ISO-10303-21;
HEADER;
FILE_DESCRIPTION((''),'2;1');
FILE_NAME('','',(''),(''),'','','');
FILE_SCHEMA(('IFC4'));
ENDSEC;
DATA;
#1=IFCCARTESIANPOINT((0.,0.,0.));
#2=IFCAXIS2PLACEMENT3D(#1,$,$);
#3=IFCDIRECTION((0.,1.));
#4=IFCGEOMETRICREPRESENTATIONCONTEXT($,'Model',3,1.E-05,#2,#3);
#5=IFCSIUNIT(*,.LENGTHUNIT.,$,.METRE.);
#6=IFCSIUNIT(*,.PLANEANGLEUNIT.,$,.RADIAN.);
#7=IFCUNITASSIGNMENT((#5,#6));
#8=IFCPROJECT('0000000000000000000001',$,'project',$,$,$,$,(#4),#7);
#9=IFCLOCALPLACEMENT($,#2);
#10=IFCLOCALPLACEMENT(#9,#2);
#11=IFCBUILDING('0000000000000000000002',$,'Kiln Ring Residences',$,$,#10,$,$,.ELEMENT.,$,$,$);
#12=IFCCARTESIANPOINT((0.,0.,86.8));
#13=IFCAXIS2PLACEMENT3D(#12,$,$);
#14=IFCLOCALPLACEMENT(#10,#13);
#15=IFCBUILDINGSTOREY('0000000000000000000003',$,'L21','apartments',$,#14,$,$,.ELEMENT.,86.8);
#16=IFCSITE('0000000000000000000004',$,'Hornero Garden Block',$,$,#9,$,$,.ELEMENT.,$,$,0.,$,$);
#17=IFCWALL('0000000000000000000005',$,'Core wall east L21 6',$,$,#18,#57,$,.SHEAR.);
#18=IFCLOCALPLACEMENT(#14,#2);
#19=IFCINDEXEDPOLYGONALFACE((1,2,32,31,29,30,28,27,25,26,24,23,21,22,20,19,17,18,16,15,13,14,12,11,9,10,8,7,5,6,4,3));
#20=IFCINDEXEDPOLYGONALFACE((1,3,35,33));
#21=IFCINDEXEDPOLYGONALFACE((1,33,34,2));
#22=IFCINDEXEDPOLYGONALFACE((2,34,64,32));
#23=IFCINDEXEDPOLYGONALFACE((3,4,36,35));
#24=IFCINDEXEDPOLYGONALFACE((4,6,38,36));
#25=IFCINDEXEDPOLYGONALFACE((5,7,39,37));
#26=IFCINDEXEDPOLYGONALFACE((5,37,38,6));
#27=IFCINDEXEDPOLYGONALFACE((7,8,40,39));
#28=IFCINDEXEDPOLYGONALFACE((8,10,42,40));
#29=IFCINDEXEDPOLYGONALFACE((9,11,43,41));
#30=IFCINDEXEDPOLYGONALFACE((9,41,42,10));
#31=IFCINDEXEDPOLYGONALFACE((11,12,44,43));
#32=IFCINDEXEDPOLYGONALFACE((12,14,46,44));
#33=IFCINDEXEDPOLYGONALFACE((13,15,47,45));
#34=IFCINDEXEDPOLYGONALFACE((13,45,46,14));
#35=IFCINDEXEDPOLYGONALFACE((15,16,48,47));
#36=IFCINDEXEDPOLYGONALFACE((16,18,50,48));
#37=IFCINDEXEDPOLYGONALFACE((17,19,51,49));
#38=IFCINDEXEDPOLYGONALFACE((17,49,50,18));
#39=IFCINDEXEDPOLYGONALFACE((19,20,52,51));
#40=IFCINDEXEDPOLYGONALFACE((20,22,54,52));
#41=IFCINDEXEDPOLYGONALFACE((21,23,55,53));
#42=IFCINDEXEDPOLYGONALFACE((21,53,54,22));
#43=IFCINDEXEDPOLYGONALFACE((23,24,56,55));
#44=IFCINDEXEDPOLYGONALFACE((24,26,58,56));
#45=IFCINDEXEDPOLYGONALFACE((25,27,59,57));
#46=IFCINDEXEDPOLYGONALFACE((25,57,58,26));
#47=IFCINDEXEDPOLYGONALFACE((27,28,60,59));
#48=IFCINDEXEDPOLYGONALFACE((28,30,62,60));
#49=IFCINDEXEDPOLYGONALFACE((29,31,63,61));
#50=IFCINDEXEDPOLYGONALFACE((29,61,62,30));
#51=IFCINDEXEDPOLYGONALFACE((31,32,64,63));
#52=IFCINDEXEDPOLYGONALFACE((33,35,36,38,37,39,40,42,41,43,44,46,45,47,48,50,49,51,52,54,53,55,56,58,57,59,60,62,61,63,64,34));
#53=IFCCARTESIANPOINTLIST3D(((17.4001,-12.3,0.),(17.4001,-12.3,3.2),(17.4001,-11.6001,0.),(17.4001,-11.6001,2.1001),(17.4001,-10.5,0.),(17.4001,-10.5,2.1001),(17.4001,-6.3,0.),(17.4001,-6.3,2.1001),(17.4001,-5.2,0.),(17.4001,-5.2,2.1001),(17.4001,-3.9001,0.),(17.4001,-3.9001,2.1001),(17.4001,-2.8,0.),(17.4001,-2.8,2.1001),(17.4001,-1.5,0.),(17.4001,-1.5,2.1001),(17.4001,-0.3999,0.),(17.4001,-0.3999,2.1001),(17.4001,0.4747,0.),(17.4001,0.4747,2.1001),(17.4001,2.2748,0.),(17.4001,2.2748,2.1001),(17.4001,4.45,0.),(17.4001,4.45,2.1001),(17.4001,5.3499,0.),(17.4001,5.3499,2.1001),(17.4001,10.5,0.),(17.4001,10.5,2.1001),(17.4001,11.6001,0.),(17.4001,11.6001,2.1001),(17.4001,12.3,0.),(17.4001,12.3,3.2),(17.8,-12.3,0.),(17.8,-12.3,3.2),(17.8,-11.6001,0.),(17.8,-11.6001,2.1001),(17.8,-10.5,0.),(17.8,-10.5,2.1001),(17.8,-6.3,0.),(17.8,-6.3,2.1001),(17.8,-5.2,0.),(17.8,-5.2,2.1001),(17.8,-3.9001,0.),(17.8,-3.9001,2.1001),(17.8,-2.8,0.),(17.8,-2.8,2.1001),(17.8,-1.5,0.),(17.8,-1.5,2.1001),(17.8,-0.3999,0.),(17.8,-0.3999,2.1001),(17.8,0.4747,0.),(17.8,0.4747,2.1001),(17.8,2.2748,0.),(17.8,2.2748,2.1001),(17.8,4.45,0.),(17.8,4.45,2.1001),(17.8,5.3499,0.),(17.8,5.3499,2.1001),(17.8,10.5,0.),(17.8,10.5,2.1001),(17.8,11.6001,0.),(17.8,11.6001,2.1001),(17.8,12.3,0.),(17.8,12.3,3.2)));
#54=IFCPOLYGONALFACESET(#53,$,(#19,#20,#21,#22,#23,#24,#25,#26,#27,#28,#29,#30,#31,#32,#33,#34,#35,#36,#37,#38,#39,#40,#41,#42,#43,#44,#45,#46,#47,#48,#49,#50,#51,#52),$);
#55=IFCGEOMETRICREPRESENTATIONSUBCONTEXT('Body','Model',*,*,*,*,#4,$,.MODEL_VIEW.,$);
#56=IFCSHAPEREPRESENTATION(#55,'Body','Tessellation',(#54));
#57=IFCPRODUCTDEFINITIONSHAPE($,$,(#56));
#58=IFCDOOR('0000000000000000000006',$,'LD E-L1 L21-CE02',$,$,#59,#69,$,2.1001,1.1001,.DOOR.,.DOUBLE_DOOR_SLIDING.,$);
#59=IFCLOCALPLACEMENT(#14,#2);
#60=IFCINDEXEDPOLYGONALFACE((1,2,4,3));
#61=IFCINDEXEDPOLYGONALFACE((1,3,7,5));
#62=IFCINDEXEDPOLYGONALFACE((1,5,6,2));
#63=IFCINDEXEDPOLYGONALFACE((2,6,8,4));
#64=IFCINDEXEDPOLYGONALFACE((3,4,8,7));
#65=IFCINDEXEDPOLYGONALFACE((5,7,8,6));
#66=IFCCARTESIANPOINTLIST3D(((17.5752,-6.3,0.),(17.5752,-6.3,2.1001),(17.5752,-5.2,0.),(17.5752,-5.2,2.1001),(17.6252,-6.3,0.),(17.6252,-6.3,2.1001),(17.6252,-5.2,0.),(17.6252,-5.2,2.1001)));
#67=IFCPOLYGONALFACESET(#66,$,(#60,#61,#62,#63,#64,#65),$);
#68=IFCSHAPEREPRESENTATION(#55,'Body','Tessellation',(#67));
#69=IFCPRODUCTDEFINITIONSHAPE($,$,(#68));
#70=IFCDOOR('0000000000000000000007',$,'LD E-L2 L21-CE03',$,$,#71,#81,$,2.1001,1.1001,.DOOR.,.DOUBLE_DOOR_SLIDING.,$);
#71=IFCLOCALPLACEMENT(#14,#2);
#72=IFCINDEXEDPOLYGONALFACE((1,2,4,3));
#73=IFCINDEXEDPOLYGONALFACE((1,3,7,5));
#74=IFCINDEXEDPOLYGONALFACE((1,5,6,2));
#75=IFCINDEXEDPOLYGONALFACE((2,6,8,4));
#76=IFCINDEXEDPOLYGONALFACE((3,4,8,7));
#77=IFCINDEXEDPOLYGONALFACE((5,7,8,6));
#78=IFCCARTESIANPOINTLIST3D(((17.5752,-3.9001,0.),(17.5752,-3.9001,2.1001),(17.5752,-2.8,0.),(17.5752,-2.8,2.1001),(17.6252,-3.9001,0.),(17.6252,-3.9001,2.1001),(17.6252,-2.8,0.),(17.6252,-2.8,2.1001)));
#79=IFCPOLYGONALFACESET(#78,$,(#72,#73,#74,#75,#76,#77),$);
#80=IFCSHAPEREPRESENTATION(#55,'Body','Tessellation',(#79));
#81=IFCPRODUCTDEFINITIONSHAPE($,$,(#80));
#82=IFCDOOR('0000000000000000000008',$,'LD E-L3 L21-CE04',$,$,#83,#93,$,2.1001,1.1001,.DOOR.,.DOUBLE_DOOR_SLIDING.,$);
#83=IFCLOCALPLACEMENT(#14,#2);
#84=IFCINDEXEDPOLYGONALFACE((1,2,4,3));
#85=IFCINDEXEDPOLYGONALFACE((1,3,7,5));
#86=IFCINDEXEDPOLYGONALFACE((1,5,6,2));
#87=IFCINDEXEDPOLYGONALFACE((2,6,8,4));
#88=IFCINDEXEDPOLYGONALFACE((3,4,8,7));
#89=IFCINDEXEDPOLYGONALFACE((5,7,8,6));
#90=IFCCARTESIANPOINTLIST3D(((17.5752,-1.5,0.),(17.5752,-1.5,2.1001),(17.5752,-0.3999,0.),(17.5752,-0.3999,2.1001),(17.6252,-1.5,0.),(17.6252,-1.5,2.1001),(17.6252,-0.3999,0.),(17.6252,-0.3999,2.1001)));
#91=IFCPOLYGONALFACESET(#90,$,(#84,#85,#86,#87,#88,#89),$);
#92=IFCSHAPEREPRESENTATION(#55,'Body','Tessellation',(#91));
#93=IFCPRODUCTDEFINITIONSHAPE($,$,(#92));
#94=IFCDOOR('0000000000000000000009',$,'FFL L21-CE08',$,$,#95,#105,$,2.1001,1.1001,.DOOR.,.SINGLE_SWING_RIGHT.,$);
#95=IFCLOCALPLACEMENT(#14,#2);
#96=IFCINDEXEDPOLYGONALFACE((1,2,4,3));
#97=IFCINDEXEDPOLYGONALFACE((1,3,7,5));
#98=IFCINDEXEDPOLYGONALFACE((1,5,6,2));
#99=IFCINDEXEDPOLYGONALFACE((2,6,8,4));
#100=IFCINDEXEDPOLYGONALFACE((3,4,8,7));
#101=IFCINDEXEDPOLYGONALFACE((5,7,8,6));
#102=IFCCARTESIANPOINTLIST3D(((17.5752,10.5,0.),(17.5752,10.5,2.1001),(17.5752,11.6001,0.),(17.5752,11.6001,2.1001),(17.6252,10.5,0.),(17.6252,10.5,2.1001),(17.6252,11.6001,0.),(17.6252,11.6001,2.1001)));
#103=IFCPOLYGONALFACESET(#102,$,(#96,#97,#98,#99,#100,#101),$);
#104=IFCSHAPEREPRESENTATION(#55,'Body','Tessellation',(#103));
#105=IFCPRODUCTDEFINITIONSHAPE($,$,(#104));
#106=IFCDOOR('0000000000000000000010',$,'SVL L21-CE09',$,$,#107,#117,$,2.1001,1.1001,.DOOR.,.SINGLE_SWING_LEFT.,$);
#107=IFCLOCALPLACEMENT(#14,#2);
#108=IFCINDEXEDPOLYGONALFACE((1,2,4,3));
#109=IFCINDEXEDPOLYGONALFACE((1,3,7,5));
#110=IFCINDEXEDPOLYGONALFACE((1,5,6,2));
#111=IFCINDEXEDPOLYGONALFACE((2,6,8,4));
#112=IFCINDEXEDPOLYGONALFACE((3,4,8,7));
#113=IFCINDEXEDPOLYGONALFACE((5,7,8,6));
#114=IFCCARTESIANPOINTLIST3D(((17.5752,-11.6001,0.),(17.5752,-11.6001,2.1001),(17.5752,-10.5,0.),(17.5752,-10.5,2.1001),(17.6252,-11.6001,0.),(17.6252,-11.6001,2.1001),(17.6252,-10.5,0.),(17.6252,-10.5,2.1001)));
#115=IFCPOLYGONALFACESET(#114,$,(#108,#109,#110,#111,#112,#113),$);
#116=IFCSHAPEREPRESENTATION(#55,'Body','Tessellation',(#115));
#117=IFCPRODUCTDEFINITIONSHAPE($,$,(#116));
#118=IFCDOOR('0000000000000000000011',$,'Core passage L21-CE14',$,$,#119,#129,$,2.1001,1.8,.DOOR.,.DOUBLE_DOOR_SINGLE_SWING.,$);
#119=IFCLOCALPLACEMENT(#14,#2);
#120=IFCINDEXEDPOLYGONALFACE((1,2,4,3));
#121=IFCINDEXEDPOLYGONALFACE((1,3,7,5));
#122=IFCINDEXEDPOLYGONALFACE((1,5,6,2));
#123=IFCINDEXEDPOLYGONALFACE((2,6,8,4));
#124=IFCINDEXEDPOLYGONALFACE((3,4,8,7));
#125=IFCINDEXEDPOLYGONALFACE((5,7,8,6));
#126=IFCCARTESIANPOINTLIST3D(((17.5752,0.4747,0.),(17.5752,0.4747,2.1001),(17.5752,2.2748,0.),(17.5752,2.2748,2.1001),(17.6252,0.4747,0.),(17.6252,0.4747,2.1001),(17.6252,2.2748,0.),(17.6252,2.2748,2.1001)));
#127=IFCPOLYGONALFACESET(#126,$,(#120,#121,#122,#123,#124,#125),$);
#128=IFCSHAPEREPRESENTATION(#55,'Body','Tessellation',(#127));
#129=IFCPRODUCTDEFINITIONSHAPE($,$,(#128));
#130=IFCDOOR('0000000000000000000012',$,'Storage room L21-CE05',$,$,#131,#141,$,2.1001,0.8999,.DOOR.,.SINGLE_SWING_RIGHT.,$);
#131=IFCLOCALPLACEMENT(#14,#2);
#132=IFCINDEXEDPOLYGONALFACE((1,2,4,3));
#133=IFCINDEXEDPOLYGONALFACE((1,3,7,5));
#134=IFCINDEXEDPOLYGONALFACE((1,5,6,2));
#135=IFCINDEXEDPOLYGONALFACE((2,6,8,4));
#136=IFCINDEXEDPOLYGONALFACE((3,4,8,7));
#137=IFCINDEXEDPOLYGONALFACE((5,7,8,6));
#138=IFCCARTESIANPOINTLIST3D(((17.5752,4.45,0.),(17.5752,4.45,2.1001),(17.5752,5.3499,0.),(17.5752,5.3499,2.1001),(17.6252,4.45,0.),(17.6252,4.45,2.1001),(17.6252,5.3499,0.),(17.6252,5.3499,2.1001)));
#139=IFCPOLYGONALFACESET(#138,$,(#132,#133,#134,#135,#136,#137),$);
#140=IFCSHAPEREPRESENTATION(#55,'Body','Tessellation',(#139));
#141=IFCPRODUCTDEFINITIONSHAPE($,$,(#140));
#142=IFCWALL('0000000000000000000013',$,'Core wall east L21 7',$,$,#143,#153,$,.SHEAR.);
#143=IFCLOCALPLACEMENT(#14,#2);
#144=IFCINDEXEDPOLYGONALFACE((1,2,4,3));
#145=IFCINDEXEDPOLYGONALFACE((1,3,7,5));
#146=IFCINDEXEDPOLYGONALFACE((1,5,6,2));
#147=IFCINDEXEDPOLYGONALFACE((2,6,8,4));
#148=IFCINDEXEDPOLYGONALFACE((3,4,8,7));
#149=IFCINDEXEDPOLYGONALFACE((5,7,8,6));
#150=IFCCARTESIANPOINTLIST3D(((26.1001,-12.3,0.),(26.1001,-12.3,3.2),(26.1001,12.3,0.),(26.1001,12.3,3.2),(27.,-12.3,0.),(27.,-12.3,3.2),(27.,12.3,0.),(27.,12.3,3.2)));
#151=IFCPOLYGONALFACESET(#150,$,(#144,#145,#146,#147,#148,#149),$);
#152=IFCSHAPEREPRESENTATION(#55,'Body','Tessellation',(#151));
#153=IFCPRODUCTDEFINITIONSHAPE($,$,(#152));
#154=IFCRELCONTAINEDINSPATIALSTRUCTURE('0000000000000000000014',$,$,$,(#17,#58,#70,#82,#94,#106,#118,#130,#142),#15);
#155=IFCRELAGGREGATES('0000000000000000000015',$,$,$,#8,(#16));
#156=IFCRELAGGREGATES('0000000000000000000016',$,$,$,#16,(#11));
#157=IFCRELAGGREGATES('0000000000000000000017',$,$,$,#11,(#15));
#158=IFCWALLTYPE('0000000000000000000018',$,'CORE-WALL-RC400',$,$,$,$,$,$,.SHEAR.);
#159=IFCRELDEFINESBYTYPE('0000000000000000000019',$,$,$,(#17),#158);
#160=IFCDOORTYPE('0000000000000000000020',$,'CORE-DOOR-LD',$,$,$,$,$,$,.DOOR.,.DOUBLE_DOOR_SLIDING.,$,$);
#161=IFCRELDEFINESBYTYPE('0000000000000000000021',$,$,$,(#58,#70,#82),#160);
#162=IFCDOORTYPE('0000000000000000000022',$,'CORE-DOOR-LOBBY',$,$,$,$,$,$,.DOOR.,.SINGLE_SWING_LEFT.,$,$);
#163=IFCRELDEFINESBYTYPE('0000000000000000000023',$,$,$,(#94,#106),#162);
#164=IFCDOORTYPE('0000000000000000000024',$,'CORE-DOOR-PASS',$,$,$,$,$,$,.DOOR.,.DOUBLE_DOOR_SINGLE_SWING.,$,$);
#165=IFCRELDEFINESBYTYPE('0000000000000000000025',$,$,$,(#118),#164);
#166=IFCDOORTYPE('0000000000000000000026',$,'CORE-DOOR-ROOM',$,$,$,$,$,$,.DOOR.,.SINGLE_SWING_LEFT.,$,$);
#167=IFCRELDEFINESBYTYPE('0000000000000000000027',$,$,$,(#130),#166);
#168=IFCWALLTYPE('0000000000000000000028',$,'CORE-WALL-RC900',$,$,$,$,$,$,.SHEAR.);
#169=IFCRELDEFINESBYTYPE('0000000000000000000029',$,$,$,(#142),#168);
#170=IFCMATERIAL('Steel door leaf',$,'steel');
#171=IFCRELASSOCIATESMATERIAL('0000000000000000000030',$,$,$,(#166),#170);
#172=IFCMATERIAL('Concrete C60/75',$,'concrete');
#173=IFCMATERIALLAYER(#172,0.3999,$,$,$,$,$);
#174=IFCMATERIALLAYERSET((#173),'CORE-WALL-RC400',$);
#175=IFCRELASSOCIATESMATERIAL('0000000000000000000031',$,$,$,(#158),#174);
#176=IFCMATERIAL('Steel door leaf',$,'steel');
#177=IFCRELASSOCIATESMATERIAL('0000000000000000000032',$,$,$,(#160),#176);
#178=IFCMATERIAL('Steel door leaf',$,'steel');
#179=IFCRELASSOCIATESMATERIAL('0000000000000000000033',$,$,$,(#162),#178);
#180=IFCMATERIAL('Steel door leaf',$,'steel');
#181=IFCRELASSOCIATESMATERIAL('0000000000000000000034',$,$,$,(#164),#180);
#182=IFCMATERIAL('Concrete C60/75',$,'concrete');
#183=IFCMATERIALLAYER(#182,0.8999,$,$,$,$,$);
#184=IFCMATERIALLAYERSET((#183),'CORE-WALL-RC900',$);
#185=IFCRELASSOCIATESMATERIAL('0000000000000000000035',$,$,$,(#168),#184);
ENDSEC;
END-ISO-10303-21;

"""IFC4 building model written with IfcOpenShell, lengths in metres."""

from ifc_helpers import new_model, si_unit, direction, frame, frame_2d, origin, place, context, subcontext, project, spatial, rectangle, extrude, material, layer, layer_set, type_object, element, fill, save


model = new_model("IFC4")

# Units and contexts
model_context = context("Model", 3, precision=1e-05, world=origin(), true_north=direction((0.0, 1.0)))
body_context = subcontext(model_context, "Body", "Model", "MODEL_VIEW")
ifc_project = project(units=[si_unit("LENGTHUNIT", "METRE"), si_unit("PLANEANGLEUNIT", "RADIAN")], contexts=[model_context])

# Site, building, storey
site_placement = place(None, origin())
site = spatial("IfcSite", under=ifc_project, at=site_placement, Name="Hornero Garden Block", CompositionType="ELEMENT", RefElevation=0.0)
building_placement = place(site_placement, origin())
building = spatial("IfcBuilding", under=site, at=building_placement, Name="Kiln Ring Residences", CompositionType="ELEMENT")
storey_placement = place(building_placement, frame((0.0, 0.0, 86.8)))
storey = spatial("IfcBuildingStorey", under=building, at=storey_placement, Name="L21", Description="apartments", CompositionType="ELEMENT", Elevation=86.8)

# Shared definitions
ifc_material_1 = material(Name="Steel door leaf", Category="steel")
door_type_1 = type_object("IfcDoorType", Name="CORE-DOOR-ROOM", OperationType="SINGLE_SWING_LEFT", PredefinedType="DOOR", material=ifc_material_1)

# Wall, openings, doors
ifc_material_2 = material(Name="Concrete C60/75", Category="concrete")
ifc_layer_1 = layer(ifc_material_2, 0.3999)
ifc_layer_set_1 = layer_set([ifc_layer_1], Name="CORE-WALL-RC400")
wall_type_1 = type_object("IfcWallType", Name="CORE-WALL-RC400", PredefinedType="SHEAR", material=ifc_layer_set_1)
wall_1_placement = place(storey_placement, frame((17.6001, -12.3, 0.0), z_axis=(0.0, 0.0, 1.0), x_axis=(0.0, 1.0, 0.0)))
wall_1 = element("IfcWall", 1, at=wall_1_placement, inside=storey, type_object=wall_type_1, Name="Core wall east L21 6", PredefinedType="SHEAR", context=body_context, shape_type="SweptSolid", body=[
    extrude(rectangle(XDim=24.6001, YDim=0.3999, at=frame_2d((12.3, 0.0))), origin(), (0.0, 0.0, 1.0), 3.2),
])
opening_1_placement = place(wall_1_placement, frame((6.0, 0.0, 0.0)))
opening_1 = element("IfcOpeningElement", 2, at=opening_1_placement, cuts=wall_1, PredefinedType="OPENING", context=body_context, shape_type="SweptSolid", body=[
    extrude(rectangle(XDim=1.1001, YDim=2.1001, at=frame_2d((0.55, 1.05))), frame((0.0, 0.21, 0.0), z_axis=(0.0, -1.0, 0.0), x_axis=(1.0, 0.0, 0.0)), (0.0, 0.0, 1.0), 0.4199),
])
opening_2_placement = place(wall_1_placement, frame((8.3999, 0.0, 0.0)))
opening_2 = element("IfcOpeningElement", 3, at=opening_2_placement, cuts=wall_1, PredefinedType="OPENING", context=body_context, shape_type="SweptSolid", body=[
    extrude(rectangle(XDim=1.1001, YDim=2.1001, at=frame_2d((0.55, 1.05))), frame((0.0, 0.21, 0.0), z_axis=(0.0, -1.0, 0.0), x_axis=(1.0, 0.0, 0.0)), (0.0, 0.0, 1.0), 0.4199),
])
opening_3_placement = place(wall_1_placement, frame((10.8, 0.0, 0.0)))
opening_3 = element("IfcOpeningElement", 4, at=opening_3_placement, cuts=wall_1, PredefinedType="OPENING", context=body_context, shape_type="SweptSolid", body=[
    extrude(rectangle(XDim=1.1001, YDim=2.1001, at=frame_2d((0.55, 1.05))), frame((0.0, 0.21, 0.0), z_axis=(0.0, -1.0, 0.0), x_axis=(1.0, 0.0, 0.0)), (0.0, 0.0, 1.0), 0.4199),
])
opening_4_placement = place(wall_1_placement, frame((16.75, 0.0, 0.0)))
opening_4 = element("IfcOpeningElement", 5, at=opening_4_placement, cuts=wall_1, PredefinedType="OPENING", context=body_context, shape_type="SweptSolid", body=[
    extrude(rectangle(XDim=0.8999, YDim=2.1001, at=frame_2d((0.45, 1.05))), frame((0.0, 0.21, 0.0), z_axis=(0.0, -1.0, 0.0), x_axis=(1.0, 0.0, 0.0)), (0.0, 0.0, 1.0), 0.4199),
])
opening_5_placement = place(wall_1_placement, frame((22.8, 0.0, 0.0)))
opening_5 = element("IfcOpeningElement", 6, at=opening_5_placement, cuts=wall_1, PredefinedType="OPENING", context=body_context, shape_type="SweptSolid", body=[
    extrude(rectangle(XDim=1.1001, YDim=2.1001, at=frame_2d((0.55, 1.05))), frame((0.0, 0.21, 0.0), z_axis=(0.0, -1.0, 0.0), x_axis=(1.0, 0.0, 0.0)), (0.0, 0.0, 1.0), 0.4199),
])
opening_6_placement = place(wall_1_placement, frame((0.7, 0.0, 0.0)))
opening_6 = element("IfcOpeningElement", 7, at=opening_6_placement, cuts=wall_1, PredefinedType="OPENING", context=body_context, shape_type="SweptSolid", body=[
    extrude(rectangle(XDim=1.1001, YDim=2.1001, at=frame_2d((0.55, 1.05))), frame((0.0, 0.21, 0.0), z_axis=(0.0, -1.0, 0.0), x_axis=(1.0, 0.0, 0.0)), (0.0, 0.0, 1.0), 0.4199),
])
opening_7_placement = place(wall_1_placement, frame((12.7749, 0.0, 0.0)))
opening_7 = element("IfcOpeningElement", 8, at=opening_7_placement, cuts=wall_1, PredefinedType="OPENING", context=body_context, shape_type="SweptSolid", body=[
    extrude(rectangle(XDim=1.8, YDim=2.1001, at=frame_2d((0.8999, 1.05))), frame((0.0, 0.21, 0.0), z_axis=(0.0, -1.0, 0.0), x_axis=(1.0, 0.0, 0.0)), (0.0, 0.0, 1.0), 0.4199),
])
ifc_material_3 = material(Name="Steel door leaf", Category="steel")
door_type_2 = type_object("IfcDoorType", Name="CORE-DOOR-LD", OperationType="DOUBLE_DOOR_SLIDING", PredefinedType="DOOR", material=ifc_material_3)
door_1_placement = place(opening_1_placement, origin())
door_1 = element("IfcDoor", 9, at=door_1_placement, inside=storey, type_object=door_type_2, Name="LD E-L1 L21-CE02", OperationType="DOUBLE_DOOR_SLIDING", OverallHeight=2.1001, OverallWidth=1.1001, PredefinedType="DOOR", context=body_context, shape_type="SweptSolid", body=[
    extrude(rectangle(XDim=1.1001, YDim=2.1001, at=frame_2d((0.55, 1.05))), frame((0.0, 0.0249, 0.0), z_axis=(0.0, -1.0, 0.0), x_axis=(1.0, 0.0, 0.0)), (0.0, 0.0, 1.0), 0.05),
])
fill(opening_1, door_1)
door_2_placement = place(opening_2_placement, origin())
door_2 = element("IfcDoor", 10, at=door_2_placement, inside=storey, type_object=door_type_2, Name="LD E-L2 L21-CE03", OperationType="DOUBLE_DOOR_SLIDING", OverallHeight=2.1001, OverallWidth=1.1001, PredefinedType="DOOR", context=body_context, shape_type="SweptSolid", body=[
    extrude(rectangle(XDim=1.1001, YDim=2.1001, at=frame_2d((0.55, 1.05))), frame((0.0, 0.0249, 0.0), z_axis=(0.0, -1.0, 0.0), x_axis=(1.0, 0.0, 0.0)), (0.0, 0.0, 1.0), 0.05),
])
fill(opening_2, door_2)
door_3_placement = place(opening_3_placement, origin())
door_3 = element("IfcDoor", 11, at=door_3_placement, inside=storey, type_object=door_type_2, Name="LD E-L3 L21-CE04", OperationType="DOUBLE_DOOR_SLIDING", OverallHeight=2.1001, OverallWidth=1.1001, PredefinedType="DOOR", context=body_context, shape_type="SweptSolid", body=[
    extrude(rectangle(XDim=1.1001, YDim=2.1001, at=frame_2d((0.55, 1.05))), frame((0.0, 0.0249, 0.0), z_axis=(0.0, -1.0, 0.0), x_axis=(1.0, 0.0, 0.0)), (0.0, 0.0, 1.0), 0.05),
])
fill(opening_3, door_3)
ifc_material_4 = material(Name="Steel door leaf", Category="steel")
door_type_3 = type_object("IfcDoorType", Name="CORE-DOOR-LOBBY", OperationType="SINGLE_SWING_LEFT", PredefinedType="DOOR", material=ifc_material_4)
door_4_placement = place(opening_5_placement, origin())
door_4 = element("IfcDoor", 12, at=door_4_placement, inside=storey, type_object=door_type_3, Name="FFL L21-CE08", OperationType="SINGLE_SWING_RIGHT", OverallHeight=2.1001, OverallWidth=1.1001, PredefinedType="DOOR", context=body_context, shape_type="SweptSolid", body=[
    extrude(rectangle(XDim=1.1001, YDim=2.1001, at=frame_2d((0.55, 1.05))), frame((0.0, 0.0249, 0.0), z_axis=(0.0, -1.0, 0.0), x_axis=(1.0, 0.0, 0.0)), (0.0, 0.0, 1.0), 0.05),
])
fill(opening_5, door_4)
door_5_placement = place(opening_6_placement, origin())
door_5 = element("IfcDoor", 13, at=door_5_placement, inside=storey, type_object=door_type_3, Name="SVL L21-CE09", OperationType="SINGLE_SWING_LEFT", OverallHeight=2.1001, OverallWidth=1.1001, PredefinedType="DOOR", context=body_context, shape_type="SweptSolid", body=[
    extrude(rectangle(XDim=1.1001, YDim=2.1001, at=frame_2d((0.55, 1.05))), frame((0.0, 0.0249, 0.0), z_axis=(0.0, -1.0, 0.0), x_axis=(1.0, 0.0, 0.0)), (0.0, 0.0, 1.0), 0.05),
])
fill(opening_6, door_5)
ifc_material_5 = material(Name="Steel door leaf", Category="steel")
door_type_4 = type_object("IfcDoorType", Name="CORE-DOOR-PASS", OperationType="DOUBLE_DOOR_SINGLE_SWING", PredefinedType="DOOR", material=ifc_material_5)
door_6_placement = place(opening_7_placement, origin())
door_6 = element("IfcDoor", 14, at=door_6_placement, inside=storey, type_object=door_type_4, Name="Core passage L21-CE14", OperationType="DOUBLE_DOOR_SINGLE_SWING", OverallHeight=2.1001, OverallWidth=1.8, PredefinedType="DOOR", context=body_context, shape_type="SweptSolid", body=[
    extrude(rectangle(XDim=1.8, YDim=2.1001, at=frame_2d((0.8999, 1.05))), frame((0.0, 0.0249, 0.0), z_axis=(0.0, -1.0, 0.0), x_axis=(1.0, 0.0, 0.0)), (0.0, 0.0, 1.0), 0.05),
])
fill(opening_7, door_6)
door_7_placement = place(opening_4_placement, origin())
door_7 = element("IfcDoor", 15, at=door_7_placement, inside=storey, type_object=door_type_1, Name="Storage room L21-CE05", OperationType="SINGLE_SWING_RIGHT", OverallHeight=2.1001, OverallWidth=0.8999, PredefinedType="DOOR", context=body_context, shape_type="SweptSolid", body=[
    extrude(rectangle(XDim=0.8999, YDim=2.1001, at=frame_2d((0.45, 1.05))), frame((0.0, 0.0249, 0.0), z_axis=(0.0, -1.0, 0.0), x_axis=(1.0, 0.0, 0.0)), (0.0, 0.0, 1.0), 0.05),
])
fill(opening_4, door_7)

# Wall
ifc_material_6 = material(Name="Concrete C60/75", Category="concrete")
ifc_layer_2 = layer(ifc_material_6, 0.8999)
ifc_layer_set_2 = layer_set([ifc_layer_2], Name="CORE-WALL-RC900")
wall_type_2 = type_object("IfcWallType", Name="CORE-WALL-RC900", PredefinedType="SHEAR", material=ifc_layer_set_2)
wall_2_placement = place(storey_placement, frame((26.55, -12.3, 0.0), z_axis=(0.0, 0.0, 1.0), x_axis=(0.0, 1.0, 0.0)))
element("IfcWall", 16, at=wall_2_placement, inside=storey, type_object=wall_type_2, Name="Core wall east L21 7", PredefinedType="SHEAR", context=body_context, shape_type="SweptSolid", body=[
    extrude(rectangle(XDim=24.6001, YDim=0.8999, at=frame_2d((12.3, 0.0))), origin(), (0.0, 0.0, 1.0), 3.2),
])

save(model, "model.ifc")
